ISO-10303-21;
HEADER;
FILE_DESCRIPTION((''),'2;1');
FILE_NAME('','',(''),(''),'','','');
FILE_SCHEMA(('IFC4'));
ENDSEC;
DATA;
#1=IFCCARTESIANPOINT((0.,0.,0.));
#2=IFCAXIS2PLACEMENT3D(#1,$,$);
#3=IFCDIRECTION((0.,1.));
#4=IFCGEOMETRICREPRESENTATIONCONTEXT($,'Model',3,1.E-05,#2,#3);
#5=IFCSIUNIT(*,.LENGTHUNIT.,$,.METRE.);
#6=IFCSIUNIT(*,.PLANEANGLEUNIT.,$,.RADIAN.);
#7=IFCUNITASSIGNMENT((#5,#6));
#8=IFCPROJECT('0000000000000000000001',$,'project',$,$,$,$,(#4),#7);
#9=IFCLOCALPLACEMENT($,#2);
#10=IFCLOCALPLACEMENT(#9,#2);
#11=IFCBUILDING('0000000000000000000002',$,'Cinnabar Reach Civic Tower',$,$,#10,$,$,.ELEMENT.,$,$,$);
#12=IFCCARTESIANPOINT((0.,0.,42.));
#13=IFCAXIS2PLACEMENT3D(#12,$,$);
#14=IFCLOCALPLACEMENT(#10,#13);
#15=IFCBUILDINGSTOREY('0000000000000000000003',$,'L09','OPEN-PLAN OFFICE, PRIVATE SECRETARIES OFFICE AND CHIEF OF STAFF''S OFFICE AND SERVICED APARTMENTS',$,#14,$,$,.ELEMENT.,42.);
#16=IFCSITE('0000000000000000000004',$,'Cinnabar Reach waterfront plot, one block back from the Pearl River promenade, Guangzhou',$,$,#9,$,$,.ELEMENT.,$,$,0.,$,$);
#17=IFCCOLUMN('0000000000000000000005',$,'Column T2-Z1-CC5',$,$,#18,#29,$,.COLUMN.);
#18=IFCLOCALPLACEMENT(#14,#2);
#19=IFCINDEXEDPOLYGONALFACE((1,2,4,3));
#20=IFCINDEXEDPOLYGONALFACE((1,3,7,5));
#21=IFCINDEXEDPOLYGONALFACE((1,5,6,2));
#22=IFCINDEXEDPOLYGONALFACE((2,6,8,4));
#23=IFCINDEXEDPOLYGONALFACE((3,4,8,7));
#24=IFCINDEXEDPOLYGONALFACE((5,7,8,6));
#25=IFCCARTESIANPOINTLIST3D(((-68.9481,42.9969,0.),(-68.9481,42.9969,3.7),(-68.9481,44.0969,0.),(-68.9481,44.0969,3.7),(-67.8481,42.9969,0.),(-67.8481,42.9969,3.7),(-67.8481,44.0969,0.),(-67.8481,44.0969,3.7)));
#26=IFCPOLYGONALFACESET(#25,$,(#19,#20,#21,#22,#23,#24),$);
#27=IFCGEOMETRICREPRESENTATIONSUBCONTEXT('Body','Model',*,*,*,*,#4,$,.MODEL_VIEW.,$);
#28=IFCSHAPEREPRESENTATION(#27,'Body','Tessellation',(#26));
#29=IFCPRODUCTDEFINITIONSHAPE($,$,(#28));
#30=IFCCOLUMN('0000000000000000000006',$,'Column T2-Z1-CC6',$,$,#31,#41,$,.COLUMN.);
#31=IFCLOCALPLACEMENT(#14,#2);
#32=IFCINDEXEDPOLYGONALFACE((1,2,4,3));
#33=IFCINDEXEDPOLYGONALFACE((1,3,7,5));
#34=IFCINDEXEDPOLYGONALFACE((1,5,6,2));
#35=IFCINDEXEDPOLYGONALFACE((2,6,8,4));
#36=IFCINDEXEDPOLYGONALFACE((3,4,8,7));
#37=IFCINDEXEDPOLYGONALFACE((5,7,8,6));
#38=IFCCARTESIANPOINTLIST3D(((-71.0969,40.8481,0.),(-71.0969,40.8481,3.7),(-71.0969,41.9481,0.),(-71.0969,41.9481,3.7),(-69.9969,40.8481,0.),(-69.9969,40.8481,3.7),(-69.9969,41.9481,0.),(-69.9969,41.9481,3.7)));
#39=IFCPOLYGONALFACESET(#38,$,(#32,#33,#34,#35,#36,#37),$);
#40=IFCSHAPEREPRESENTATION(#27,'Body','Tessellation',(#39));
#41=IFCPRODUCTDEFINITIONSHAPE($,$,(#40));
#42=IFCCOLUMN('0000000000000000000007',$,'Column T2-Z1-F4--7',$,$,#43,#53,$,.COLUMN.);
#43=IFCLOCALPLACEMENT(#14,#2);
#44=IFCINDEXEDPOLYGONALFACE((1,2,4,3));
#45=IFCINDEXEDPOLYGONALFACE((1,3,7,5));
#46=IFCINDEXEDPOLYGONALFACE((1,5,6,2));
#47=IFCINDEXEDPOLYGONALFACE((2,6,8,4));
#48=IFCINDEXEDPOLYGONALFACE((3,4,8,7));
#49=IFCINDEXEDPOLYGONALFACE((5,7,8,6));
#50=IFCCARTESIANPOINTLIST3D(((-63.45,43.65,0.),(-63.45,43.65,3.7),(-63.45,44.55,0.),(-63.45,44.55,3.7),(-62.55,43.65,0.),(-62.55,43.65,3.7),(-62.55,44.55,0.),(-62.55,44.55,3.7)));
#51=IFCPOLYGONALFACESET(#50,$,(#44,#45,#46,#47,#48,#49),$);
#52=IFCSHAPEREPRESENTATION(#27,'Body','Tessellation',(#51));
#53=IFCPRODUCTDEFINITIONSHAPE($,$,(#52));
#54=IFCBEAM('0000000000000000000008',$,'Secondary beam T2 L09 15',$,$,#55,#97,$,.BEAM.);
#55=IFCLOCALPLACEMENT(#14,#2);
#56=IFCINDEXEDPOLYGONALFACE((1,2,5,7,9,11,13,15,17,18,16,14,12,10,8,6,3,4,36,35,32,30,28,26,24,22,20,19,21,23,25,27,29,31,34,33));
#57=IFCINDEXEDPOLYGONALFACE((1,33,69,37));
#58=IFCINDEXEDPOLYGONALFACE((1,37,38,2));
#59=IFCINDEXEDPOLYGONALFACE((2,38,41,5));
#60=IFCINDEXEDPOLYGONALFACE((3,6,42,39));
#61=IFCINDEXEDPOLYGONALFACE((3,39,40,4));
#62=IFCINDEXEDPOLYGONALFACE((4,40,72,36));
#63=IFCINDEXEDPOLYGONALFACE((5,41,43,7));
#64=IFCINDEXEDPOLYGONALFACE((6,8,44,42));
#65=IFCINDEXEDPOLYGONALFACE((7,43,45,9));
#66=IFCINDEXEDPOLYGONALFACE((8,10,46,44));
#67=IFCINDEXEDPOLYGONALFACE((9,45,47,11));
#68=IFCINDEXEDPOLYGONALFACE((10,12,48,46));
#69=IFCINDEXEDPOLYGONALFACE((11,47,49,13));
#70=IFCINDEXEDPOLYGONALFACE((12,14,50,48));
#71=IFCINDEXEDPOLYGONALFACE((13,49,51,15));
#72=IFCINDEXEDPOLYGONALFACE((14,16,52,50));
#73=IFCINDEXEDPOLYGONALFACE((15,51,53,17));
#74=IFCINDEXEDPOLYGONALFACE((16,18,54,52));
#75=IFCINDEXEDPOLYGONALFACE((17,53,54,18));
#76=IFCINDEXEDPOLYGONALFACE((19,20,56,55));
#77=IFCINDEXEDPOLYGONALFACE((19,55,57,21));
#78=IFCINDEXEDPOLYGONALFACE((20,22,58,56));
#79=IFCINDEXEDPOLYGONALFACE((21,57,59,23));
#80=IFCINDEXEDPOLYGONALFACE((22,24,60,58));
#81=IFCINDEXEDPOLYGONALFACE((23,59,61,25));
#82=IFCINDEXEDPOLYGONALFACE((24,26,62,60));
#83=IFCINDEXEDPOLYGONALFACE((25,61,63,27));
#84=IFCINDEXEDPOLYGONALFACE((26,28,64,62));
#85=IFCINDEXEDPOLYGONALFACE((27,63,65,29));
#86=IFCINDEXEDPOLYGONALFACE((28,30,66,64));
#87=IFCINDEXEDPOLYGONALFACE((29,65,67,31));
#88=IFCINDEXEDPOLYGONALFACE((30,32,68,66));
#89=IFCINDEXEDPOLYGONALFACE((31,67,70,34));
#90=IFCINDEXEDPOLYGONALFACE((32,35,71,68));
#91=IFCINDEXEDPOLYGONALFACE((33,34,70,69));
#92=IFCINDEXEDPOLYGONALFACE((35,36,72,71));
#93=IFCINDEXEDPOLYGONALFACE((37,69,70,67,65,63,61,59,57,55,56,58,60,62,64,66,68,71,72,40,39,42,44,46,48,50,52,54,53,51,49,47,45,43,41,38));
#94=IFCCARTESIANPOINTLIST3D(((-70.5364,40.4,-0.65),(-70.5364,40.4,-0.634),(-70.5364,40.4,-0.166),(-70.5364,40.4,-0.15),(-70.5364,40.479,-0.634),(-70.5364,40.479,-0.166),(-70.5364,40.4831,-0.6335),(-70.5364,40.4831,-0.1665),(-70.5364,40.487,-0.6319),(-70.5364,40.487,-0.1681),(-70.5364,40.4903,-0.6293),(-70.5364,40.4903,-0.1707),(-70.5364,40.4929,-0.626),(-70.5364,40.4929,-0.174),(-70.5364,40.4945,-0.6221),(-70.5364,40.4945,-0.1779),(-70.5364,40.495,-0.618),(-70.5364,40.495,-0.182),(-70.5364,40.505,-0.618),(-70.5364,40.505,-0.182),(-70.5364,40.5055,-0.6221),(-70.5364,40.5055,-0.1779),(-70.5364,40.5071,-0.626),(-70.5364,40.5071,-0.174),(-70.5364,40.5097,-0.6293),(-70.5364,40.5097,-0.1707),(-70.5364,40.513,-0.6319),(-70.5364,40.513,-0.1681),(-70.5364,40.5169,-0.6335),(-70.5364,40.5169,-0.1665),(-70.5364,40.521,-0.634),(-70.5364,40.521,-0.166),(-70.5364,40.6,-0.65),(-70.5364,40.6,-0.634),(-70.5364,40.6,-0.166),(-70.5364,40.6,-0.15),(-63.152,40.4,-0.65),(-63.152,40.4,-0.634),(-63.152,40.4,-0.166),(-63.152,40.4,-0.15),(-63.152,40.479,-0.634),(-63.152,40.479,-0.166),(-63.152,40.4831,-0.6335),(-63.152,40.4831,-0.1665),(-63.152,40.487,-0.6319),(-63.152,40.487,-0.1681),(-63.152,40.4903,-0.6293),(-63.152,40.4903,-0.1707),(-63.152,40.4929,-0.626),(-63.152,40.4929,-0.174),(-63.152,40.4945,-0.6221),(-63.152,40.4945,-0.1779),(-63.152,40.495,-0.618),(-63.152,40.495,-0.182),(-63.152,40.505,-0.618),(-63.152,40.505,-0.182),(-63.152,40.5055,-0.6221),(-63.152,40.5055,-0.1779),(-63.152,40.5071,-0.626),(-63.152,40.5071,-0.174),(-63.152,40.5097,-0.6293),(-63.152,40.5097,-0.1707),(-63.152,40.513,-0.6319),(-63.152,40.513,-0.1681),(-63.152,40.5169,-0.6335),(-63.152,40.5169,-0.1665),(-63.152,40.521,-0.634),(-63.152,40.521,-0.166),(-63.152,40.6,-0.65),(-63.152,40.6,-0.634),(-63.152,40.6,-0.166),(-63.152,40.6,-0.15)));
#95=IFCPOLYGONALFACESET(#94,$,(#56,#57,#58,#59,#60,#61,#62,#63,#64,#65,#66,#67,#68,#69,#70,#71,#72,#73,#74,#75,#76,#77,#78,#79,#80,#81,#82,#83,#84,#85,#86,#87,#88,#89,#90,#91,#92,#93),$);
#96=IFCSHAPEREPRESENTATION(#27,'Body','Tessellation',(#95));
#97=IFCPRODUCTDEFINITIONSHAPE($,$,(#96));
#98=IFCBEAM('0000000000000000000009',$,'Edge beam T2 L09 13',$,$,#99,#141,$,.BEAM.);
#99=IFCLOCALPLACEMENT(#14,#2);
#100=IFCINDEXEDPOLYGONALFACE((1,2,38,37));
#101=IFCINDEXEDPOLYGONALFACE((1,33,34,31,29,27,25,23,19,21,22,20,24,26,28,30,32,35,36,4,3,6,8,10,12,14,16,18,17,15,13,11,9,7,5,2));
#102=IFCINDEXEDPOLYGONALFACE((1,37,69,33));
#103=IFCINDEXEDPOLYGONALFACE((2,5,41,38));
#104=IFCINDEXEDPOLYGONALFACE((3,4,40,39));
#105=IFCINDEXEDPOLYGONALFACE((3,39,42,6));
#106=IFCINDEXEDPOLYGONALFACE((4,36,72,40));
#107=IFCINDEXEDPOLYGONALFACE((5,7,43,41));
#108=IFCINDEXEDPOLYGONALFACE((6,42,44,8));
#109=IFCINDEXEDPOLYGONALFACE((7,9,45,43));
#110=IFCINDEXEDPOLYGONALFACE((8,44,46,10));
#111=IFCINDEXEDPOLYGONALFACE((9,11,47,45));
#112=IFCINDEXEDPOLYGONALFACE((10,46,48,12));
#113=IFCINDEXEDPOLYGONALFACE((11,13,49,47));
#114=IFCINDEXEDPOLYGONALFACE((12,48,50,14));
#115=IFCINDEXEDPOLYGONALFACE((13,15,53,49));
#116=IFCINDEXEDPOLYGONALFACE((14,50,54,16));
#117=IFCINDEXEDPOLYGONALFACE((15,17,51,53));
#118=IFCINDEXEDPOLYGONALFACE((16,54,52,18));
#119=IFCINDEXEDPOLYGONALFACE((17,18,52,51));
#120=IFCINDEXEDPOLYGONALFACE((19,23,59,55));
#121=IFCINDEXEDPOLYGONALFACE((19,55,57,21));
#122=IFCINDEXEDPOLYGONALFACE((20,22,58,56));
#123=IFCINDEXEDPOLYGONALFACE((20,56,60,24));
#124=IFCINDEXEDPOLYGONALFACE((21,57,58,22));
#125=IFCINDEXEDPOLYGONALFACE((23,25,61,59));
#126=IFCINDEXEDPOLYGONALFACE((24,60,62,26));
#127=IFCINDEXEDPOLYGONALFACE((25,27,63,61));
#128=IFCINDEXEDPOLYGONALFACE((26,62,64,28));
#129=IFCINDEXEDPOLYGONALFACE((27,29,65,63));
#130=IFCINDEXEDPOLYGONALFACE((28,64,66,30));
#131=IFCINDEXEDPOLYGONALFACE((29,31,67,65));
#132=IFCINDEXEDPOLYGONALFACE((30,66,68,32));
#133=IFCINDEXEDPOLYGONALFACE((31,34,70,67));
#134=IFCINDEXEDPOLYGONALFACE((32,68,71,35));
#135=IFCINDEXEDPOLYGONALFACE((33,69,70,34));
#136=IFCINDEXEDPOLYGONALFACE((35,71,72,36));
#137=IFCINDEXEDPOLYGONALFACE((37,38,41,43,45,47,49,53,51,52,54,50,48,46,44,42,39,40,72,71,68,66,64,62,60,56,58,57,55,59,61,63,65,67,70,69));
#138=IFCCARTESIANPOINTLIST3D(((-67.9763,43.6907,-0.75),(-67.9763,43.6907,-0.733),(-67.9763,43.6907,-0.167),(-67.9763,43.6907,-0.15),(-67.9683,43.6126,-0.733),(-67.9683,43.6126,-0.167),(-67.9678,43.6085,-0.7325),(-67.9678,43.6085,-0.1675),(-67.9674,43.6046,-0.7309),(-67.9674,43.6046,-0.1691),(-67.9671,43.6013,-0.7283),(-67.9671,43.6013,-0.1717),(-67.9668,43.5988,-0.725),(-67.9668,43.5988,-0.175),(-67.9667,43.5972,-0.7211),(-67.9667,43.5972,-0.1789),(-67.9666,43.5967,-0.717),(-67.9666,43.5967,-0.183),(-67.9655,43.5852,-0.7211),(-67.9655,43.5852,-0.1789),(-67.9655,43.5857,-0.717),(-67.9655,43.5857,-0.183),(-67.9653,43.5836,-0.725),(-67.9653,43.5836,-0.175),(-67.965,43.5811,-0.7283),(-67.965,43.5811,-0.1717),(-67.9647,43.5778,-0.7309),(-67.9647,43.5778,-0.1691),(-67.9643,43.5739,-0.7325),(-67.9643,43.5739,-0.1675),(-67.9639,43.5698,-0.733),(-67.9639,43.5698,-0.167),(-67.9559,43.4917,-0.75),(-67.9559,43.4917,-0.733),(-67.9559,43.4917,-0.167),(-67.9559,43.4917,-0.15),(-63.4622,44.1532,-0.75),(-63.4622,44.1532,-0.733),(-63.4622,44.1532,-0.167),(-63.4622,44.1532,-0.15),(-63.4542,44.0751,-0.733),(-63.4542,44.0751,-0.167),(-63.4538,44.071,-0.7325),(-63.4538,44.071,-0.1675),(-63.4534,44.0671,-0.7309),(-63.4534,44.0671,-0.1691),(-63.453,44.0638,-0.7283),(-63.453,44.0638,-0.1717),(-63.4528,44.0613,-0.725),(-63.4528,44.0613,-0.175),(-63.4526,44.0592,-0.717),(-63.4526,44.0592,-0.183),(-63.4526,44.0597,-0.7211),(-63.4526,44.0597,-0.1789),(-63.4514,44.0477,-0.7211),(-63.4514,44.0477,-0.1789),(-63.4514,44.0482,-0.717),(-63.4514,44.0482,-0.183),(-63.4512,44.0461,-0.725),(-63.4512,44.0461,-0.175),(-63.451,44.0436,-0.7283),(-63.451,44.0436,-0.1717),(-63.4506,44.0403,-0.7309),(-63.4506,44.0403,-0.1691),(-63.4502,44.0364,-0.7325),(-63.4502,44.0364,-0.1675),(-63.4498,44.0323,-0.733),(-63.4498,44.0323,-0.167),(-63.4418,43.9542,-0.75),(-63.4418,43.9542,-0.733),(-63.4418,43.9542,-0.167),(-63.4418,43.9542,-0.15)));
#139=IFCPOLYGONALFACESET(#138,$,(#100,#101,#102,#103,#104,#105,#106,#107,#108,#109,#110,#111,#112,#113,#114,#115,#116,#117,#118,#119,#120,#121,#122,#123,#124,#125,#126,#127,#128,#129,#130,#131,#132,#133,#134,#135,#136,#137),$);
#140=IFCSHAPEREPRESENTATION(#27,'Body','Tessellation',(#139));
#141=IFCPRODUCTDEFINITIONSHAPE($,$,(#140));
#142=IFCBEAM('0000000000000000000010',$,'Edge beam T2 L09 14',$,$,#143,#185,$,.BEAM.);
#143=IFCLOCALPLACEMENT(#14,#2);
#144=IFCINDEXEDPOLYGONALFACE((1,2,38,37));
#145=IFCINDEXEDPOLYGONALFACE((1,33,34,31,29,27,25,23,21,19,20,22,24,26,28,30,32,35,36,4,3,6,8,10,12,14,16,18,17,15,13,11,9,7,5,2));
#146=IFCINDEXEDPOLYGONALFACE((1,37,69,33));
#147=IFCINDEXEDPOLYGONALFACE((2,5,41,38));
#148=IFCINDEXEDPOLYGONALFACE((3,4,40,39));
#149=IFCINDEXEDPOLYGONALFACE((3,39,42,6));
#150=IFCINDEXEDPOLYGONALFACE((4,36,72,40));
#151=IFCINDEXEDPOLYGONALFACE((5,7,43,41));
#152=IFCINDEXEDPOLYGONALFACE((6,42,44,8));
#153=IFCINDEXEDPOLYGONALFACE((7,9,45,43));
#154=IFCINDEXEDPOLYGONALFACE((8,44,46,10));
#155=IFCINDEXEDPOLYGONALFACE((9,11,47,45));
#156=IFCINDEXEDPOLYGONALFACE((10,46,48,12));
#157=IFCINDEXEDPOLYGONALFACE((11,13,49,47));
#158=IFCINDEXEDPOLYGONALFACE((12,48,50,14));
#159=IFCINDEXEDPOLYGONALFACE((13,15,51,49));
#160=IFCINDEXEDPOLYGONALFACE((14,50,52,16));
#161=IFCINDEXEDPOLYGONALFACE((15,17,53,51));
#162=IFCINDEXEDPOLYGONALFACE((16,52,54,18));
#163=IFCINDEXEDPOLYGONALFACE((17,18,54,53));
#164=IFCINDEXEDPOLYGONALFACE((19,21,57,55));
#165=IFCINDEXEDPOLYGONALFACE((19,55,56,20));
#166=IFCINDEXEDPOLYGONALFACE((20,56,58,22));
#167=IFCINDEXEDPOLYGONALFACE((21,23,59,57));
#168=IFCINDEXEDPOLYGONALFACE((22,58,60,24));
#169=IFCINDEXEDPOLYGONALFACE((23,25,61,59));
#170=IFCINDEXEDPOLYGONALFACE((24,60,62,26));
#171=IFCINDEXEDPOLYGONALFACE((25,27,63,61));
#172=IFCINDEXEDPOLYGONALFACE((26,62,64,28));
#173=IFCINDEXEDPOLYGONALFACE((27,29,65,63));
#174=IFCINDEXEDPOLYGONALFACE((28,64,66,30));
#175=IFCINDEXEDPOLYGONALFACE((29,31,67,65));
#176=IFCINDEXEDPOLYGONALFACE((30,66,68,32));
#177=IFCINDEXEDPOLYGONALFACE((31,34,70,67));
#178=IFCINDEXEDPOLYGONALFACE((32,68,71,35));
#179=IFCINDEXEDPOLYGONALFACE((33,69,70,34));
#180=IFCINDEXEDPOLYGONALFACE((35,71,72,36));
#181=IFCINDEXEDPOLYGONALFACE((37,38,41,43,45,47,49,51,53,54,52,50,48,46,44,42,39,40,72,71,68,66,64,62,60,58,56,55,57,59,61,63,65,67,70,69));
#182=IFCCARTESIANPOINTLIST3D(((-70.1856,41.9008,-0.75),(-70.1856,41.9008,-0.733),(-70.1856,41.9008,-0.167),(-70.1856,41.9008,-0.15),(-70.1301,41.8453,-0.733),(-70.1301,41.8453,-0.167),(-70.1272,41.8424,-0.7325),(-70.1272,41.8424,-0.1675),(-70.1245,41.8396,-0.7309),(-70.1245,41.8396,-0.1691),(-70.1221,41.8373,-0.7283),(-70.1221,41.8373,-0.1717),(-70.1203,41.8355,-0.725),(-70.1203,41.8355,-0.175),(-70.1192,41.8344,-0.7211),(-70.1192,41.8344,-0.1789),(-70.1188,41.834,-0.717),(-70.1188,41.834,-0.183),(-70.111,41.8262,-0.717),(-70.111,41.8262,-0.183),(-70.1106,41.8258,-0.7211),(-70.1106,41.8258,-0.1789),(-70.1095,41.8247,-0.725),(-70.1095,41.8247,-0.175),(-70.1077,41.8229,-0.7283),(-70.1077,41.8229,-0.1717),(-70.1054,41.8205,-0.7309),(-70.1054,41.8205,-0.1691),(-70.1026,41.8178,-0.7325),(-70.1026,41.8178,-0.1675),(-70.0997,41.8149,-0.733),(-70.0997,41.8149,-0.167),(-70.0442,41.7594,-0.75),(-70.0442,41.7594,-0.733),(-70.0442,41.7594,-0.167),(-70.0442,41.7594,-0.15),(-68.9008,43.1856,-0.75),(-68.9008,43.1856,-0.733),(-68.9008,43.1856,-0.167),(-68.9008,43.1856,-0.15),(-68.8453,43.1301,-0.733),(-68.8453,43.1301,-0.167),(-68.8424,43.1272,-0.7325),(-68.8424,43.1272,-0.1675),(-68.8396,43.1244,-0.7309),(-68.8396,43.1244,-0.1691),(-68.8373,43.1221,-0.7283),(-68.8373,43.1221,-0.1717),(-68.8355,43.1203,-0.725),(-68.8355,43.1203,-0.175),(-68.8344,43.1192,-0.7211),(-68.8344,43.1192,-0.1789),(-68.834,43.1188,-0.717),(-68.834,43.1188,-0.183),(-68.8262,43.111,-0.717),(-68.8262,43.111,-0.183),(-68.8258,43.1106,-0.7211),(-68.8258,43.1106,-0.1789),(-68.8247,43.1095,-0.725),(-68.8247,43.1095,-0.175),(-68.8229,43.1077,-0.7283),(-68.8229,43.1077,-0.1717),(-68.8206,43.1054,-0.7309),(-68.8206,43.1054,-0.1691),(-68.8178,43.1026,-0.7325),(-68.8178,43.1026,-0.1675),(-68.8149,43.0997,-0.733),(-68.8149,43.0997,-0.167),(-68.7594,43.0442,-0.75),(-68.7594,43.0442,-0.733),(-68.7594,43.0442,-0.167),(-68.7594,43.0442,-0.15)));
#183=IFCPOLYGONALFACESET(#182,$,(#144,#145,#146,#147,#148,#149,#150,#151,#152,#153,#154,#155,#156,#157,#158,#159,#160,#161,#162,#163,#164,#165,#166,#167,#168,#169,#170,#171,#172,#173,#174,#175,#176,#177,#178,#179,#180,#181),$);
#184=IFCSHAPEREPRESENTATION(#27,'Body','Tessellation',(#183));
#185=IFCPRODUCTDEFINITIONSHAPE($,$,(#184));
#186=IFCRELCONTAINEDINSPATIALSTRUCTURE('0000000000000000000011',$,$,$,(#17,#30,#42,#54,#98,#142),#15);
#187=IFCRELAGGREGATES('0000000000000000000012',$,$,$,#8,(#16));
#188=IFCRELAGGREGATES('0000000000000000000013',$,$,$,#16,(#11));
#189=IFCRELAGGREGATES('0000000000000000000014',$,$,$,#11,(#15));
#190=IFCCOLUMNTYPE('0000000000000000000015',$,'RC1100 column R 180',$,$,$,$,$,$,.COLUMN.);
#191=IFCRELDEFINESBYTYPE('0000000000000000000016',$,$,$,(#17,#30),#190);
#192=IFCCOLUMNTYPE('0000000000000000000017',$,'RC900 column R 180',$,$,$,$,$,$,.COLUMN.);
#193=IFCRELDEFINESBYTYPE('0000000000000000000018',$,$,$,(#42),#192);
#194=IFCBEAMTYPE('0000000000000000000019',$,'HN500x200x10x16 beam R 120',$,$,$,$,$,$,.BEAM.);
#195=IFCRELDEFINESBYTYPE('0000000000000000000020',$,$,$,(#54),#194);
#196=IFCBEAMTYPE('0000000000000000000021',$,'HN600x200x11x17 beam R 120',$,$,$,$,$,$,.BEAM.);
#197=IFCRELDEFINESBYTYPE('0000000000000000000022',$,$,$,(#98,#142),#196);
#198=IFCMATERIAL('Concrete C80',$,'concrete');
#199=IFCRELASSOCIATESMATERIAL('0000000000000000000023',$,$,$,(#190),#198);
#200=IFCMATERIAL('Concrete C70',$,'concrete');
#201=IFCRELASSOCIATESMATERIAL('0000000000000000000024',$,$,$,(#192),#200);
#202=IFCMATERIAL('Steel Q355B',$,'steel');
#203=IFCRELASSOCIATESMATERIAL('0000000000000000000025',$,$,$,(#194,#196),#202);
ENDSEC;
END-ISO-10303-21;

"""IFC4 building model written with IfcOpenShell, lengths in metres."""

from ifc_helpers import new_model, si_unit, direction, frame, origin, origin_2d, place, context, subcontext, project, spatial, rectangle, i_section, extrude, material, material_profile, profile_set, type_object, element, save


model = new_model("IFC4")

# Units and contexts
model_context = context("Model", 3, precision=1e-05, world=origin(), true_north=direction((0.0, 1.0)))
body_context = subcontext(model_context, "Body", "Model", "MODEL_VIEW")
ifc_project = project(units=[si_unit("LENGTHUNIT", "METRE"), si_unit("PLANEANGLEUNIT", "RADIAN")], contexts=[model_context])

# Site, building, storey
site_placement = place(None, origin())
site = spatial("IfcSite", under=ifc_project, at=site_placement, Name="Cinnabar Reach waterfront plot, one block back from the Pearl River promenade, Guangzhou", CompositionType="ELEMENT", RefElevation=0.0)
building_placement = place(site_placement, origin())
building = spatial("IfcBuilding", under=site, at=building_placement, Name="Cinnabar Reach Civic Tower", CompositionType="ELEMENT")
storey_placement = place(building_placement, frame((0.0, 0.0, 42.0)))
storey = spatial("IfcBuildingStorey", under=building, at=storey_placement, Name="L09", Description="OPEN-PLAN OFFICE, PRIVATE SECRETARIES OFFICE AND CHIEF OF STAFF'S OFFICE AND SERVICED APARTMENTS", CompositionType="ELEMENT", Elevation=42.0)

# Columns
ifc_material_1 = material(Name="Concrete C80", Category="concrete")
ifc_material_profile_1 = material_profile(ifc_material_1, rectangle(XDim=1.1, YDim=1.1, at=origin_2d()), Name="RC1100")
ifc_profile_set_1 = profile_set([ifc_material_profile_1], Name="Concrete C80")
column_type_1 = type_object("IfcColumnType", Name="RC1100 column R 180", PredefinedType="COLUMN", material=ifc_profile_set_1)
for number, where, z_axis, x_axis, name in (
    (1, (-68.3981, 43.5469, 0.0), (0.0, 0.0, 1.0), (1.0, 0.0, 0.0), "Column T2-Z1-CC5"),
    (2, (-70.5469, 41.3981, 0.0), (0.0, 0.0, 1.0), (1.0, 0.0, 0.0), "Column T2-Z1-CC6"),
):
    element("IfcColumn", number, at=place(storey_placement, frame(where, z_axis=z_axis, x_axis=x_axis)), inside=storey, type_object=column_type_1, Name=name, PredefinedType="COLUMN", context=body_context, shape_type="SweptSolid", body=[
        extrude(rectangle(XDim=1.1, YDim=1.1, at=origin_2d()), origin(), (0.0, 0.0, 1.0), 3.7),
    ])
ifc_material_2 = material(Name="Concrete C70", Category="concrete")
ifc_material_profile_2 = material_profile(ifc_material_2, rectangle(XDim=0.9, YDim=0.9, at=origin_2d()), Name="RC900")
ifc_profile_set_2 = profile_set([ifc_material_profile_2], Name="Concrete C70")
column_type_2 = type_object("IfcColumnType", Name="RC900 column R 180", PredefinedType="COLUMN", material=ifc_profile_set_2)
column_placement = place(storey_placement, frame((-63.0, 44.1, 0.0), z_axis=(0.0, 0.0, 1.0), x_axis=(1.0, 0.0, 0.0)))
element("IfcColumn", 3, at=column_placement, inside=storey, type_object=column_type_2, Name="Column T2-Z1-F4--7", PredefinedType="COLUMN", context=body_context, shape_type="SweptSolid", body=[
    extrude(rectangle(XDim=0.9, YDim=0.9, at=origin_2d()), origin(), (0.0, 0.0, 1.0), 3.7),
])

# Beams
ifc_material_3 = material(Name="Steel Q355B", Category="steel")
ifc_material_profile_3 = material_profile(ifc_material_3, i_section(OverallWidth=0.2, OverallDepth=0.5, WebThickness=0.01, FlangeThickness=0.016, FilletRadius=0.016, at=origin_2d()), Name="HN500x200x10x16")
ifc_profile_set_3 = profile_set([ifc_material_profile_3], Name="Steel Q355B")
beam_type_1 = type_object("IfcBeamType", Name="HN500x200x10x16 beam R 120", PredefinedType="BEAM", material=ifc_profile_set_3)
beam_1_placement = place(storey_placement, frame((-70.5364, 40.5, -0.4), z_axis=(1.0, 0.0, 0.0), x_axis=(0.0, 1.0, 0.0)))
element("IfcBeam", 4, at=beam_1_placement, inside=storey, type_object=beam_type_1, Name="Secondary beam T2 L09 15", PredefinedType="BEAM", context=body_context, shape_type="SweptSolid", body=[
    extrude(i_section(OverallWidth=0.2, OverallDepth=0.5, WebThickness=0.01, FlangeThickness=0.016, FilletRadius=0.016, at=origin_2d()), origin(), (0.0, 0.0, 1.0), 7.3844),
])
ifc_material_profile_4 = material_profile(ifc_material_3, i_section(OverallWidth=0.2, OverallDepth=0.6, WebThickness=0.011, FlangeThickness=0.017, FilletRadius=0.016, at=origin_2d()), Name="HN600x200x11x17")
ifc_profile_set_4 = profile_set([ifc_material_profile_4], Name="Steel Q355B")
beam_type_2 = type_object("IfcBeamType", Name="HN600x200x11x17 beam R 120", PredefinedType="BEAM", material=ifc_profile_set_4)
beam_2_placement = place(storey_placement, frame((-63.452, 44.0537, -0.45), z_axis=(-0.994792, -0.101923, 0.0), x_axis=(0.101923, -0.994792, 0.0)))
element("IfcBeam", 5, at=beam_2_placement, inside=storey, type_object=beam_type_2, Name="Edge beam T2 L09 13", PredefinedType="BEAM", context=body_context, shape_type="SweptSolid", body=[
    extrude(i_section(OverallWidth=0.2, OverallDepth=0.6, WebThickness=0.011, FlangeThickness=0.017, FilletRadius=0.016, at=origin_2d()), origin(), (0.0, 0.0, 1.0), 4.5377),
])
beam_3_placement = place(storey_placement, frame((-68.8301, 43.1149, -0.45), z_axis=(-0.707107, -0.707107, 0.0), x_axis=(0.707107, -0.707107, 0.0)))
element("IfcBeam", 6, at=beam_3_placement, inside=storey, type_object=beam_type_2, Name="Edge beam T2 L09 14", PredefinedType="BEAM", context=body_context, shape_type="SweptSolid", body=[
    extrude(i_section(OverallWidth=0.2, OverallDepth=0.6, WebThickness=0.011, FlangeThickness=0.017, FilletRadius=0.016, at=origin_2d()), origin(), (0.0, 0.0, 1.0), 1.817),
])

save(model, "model.ifc")
